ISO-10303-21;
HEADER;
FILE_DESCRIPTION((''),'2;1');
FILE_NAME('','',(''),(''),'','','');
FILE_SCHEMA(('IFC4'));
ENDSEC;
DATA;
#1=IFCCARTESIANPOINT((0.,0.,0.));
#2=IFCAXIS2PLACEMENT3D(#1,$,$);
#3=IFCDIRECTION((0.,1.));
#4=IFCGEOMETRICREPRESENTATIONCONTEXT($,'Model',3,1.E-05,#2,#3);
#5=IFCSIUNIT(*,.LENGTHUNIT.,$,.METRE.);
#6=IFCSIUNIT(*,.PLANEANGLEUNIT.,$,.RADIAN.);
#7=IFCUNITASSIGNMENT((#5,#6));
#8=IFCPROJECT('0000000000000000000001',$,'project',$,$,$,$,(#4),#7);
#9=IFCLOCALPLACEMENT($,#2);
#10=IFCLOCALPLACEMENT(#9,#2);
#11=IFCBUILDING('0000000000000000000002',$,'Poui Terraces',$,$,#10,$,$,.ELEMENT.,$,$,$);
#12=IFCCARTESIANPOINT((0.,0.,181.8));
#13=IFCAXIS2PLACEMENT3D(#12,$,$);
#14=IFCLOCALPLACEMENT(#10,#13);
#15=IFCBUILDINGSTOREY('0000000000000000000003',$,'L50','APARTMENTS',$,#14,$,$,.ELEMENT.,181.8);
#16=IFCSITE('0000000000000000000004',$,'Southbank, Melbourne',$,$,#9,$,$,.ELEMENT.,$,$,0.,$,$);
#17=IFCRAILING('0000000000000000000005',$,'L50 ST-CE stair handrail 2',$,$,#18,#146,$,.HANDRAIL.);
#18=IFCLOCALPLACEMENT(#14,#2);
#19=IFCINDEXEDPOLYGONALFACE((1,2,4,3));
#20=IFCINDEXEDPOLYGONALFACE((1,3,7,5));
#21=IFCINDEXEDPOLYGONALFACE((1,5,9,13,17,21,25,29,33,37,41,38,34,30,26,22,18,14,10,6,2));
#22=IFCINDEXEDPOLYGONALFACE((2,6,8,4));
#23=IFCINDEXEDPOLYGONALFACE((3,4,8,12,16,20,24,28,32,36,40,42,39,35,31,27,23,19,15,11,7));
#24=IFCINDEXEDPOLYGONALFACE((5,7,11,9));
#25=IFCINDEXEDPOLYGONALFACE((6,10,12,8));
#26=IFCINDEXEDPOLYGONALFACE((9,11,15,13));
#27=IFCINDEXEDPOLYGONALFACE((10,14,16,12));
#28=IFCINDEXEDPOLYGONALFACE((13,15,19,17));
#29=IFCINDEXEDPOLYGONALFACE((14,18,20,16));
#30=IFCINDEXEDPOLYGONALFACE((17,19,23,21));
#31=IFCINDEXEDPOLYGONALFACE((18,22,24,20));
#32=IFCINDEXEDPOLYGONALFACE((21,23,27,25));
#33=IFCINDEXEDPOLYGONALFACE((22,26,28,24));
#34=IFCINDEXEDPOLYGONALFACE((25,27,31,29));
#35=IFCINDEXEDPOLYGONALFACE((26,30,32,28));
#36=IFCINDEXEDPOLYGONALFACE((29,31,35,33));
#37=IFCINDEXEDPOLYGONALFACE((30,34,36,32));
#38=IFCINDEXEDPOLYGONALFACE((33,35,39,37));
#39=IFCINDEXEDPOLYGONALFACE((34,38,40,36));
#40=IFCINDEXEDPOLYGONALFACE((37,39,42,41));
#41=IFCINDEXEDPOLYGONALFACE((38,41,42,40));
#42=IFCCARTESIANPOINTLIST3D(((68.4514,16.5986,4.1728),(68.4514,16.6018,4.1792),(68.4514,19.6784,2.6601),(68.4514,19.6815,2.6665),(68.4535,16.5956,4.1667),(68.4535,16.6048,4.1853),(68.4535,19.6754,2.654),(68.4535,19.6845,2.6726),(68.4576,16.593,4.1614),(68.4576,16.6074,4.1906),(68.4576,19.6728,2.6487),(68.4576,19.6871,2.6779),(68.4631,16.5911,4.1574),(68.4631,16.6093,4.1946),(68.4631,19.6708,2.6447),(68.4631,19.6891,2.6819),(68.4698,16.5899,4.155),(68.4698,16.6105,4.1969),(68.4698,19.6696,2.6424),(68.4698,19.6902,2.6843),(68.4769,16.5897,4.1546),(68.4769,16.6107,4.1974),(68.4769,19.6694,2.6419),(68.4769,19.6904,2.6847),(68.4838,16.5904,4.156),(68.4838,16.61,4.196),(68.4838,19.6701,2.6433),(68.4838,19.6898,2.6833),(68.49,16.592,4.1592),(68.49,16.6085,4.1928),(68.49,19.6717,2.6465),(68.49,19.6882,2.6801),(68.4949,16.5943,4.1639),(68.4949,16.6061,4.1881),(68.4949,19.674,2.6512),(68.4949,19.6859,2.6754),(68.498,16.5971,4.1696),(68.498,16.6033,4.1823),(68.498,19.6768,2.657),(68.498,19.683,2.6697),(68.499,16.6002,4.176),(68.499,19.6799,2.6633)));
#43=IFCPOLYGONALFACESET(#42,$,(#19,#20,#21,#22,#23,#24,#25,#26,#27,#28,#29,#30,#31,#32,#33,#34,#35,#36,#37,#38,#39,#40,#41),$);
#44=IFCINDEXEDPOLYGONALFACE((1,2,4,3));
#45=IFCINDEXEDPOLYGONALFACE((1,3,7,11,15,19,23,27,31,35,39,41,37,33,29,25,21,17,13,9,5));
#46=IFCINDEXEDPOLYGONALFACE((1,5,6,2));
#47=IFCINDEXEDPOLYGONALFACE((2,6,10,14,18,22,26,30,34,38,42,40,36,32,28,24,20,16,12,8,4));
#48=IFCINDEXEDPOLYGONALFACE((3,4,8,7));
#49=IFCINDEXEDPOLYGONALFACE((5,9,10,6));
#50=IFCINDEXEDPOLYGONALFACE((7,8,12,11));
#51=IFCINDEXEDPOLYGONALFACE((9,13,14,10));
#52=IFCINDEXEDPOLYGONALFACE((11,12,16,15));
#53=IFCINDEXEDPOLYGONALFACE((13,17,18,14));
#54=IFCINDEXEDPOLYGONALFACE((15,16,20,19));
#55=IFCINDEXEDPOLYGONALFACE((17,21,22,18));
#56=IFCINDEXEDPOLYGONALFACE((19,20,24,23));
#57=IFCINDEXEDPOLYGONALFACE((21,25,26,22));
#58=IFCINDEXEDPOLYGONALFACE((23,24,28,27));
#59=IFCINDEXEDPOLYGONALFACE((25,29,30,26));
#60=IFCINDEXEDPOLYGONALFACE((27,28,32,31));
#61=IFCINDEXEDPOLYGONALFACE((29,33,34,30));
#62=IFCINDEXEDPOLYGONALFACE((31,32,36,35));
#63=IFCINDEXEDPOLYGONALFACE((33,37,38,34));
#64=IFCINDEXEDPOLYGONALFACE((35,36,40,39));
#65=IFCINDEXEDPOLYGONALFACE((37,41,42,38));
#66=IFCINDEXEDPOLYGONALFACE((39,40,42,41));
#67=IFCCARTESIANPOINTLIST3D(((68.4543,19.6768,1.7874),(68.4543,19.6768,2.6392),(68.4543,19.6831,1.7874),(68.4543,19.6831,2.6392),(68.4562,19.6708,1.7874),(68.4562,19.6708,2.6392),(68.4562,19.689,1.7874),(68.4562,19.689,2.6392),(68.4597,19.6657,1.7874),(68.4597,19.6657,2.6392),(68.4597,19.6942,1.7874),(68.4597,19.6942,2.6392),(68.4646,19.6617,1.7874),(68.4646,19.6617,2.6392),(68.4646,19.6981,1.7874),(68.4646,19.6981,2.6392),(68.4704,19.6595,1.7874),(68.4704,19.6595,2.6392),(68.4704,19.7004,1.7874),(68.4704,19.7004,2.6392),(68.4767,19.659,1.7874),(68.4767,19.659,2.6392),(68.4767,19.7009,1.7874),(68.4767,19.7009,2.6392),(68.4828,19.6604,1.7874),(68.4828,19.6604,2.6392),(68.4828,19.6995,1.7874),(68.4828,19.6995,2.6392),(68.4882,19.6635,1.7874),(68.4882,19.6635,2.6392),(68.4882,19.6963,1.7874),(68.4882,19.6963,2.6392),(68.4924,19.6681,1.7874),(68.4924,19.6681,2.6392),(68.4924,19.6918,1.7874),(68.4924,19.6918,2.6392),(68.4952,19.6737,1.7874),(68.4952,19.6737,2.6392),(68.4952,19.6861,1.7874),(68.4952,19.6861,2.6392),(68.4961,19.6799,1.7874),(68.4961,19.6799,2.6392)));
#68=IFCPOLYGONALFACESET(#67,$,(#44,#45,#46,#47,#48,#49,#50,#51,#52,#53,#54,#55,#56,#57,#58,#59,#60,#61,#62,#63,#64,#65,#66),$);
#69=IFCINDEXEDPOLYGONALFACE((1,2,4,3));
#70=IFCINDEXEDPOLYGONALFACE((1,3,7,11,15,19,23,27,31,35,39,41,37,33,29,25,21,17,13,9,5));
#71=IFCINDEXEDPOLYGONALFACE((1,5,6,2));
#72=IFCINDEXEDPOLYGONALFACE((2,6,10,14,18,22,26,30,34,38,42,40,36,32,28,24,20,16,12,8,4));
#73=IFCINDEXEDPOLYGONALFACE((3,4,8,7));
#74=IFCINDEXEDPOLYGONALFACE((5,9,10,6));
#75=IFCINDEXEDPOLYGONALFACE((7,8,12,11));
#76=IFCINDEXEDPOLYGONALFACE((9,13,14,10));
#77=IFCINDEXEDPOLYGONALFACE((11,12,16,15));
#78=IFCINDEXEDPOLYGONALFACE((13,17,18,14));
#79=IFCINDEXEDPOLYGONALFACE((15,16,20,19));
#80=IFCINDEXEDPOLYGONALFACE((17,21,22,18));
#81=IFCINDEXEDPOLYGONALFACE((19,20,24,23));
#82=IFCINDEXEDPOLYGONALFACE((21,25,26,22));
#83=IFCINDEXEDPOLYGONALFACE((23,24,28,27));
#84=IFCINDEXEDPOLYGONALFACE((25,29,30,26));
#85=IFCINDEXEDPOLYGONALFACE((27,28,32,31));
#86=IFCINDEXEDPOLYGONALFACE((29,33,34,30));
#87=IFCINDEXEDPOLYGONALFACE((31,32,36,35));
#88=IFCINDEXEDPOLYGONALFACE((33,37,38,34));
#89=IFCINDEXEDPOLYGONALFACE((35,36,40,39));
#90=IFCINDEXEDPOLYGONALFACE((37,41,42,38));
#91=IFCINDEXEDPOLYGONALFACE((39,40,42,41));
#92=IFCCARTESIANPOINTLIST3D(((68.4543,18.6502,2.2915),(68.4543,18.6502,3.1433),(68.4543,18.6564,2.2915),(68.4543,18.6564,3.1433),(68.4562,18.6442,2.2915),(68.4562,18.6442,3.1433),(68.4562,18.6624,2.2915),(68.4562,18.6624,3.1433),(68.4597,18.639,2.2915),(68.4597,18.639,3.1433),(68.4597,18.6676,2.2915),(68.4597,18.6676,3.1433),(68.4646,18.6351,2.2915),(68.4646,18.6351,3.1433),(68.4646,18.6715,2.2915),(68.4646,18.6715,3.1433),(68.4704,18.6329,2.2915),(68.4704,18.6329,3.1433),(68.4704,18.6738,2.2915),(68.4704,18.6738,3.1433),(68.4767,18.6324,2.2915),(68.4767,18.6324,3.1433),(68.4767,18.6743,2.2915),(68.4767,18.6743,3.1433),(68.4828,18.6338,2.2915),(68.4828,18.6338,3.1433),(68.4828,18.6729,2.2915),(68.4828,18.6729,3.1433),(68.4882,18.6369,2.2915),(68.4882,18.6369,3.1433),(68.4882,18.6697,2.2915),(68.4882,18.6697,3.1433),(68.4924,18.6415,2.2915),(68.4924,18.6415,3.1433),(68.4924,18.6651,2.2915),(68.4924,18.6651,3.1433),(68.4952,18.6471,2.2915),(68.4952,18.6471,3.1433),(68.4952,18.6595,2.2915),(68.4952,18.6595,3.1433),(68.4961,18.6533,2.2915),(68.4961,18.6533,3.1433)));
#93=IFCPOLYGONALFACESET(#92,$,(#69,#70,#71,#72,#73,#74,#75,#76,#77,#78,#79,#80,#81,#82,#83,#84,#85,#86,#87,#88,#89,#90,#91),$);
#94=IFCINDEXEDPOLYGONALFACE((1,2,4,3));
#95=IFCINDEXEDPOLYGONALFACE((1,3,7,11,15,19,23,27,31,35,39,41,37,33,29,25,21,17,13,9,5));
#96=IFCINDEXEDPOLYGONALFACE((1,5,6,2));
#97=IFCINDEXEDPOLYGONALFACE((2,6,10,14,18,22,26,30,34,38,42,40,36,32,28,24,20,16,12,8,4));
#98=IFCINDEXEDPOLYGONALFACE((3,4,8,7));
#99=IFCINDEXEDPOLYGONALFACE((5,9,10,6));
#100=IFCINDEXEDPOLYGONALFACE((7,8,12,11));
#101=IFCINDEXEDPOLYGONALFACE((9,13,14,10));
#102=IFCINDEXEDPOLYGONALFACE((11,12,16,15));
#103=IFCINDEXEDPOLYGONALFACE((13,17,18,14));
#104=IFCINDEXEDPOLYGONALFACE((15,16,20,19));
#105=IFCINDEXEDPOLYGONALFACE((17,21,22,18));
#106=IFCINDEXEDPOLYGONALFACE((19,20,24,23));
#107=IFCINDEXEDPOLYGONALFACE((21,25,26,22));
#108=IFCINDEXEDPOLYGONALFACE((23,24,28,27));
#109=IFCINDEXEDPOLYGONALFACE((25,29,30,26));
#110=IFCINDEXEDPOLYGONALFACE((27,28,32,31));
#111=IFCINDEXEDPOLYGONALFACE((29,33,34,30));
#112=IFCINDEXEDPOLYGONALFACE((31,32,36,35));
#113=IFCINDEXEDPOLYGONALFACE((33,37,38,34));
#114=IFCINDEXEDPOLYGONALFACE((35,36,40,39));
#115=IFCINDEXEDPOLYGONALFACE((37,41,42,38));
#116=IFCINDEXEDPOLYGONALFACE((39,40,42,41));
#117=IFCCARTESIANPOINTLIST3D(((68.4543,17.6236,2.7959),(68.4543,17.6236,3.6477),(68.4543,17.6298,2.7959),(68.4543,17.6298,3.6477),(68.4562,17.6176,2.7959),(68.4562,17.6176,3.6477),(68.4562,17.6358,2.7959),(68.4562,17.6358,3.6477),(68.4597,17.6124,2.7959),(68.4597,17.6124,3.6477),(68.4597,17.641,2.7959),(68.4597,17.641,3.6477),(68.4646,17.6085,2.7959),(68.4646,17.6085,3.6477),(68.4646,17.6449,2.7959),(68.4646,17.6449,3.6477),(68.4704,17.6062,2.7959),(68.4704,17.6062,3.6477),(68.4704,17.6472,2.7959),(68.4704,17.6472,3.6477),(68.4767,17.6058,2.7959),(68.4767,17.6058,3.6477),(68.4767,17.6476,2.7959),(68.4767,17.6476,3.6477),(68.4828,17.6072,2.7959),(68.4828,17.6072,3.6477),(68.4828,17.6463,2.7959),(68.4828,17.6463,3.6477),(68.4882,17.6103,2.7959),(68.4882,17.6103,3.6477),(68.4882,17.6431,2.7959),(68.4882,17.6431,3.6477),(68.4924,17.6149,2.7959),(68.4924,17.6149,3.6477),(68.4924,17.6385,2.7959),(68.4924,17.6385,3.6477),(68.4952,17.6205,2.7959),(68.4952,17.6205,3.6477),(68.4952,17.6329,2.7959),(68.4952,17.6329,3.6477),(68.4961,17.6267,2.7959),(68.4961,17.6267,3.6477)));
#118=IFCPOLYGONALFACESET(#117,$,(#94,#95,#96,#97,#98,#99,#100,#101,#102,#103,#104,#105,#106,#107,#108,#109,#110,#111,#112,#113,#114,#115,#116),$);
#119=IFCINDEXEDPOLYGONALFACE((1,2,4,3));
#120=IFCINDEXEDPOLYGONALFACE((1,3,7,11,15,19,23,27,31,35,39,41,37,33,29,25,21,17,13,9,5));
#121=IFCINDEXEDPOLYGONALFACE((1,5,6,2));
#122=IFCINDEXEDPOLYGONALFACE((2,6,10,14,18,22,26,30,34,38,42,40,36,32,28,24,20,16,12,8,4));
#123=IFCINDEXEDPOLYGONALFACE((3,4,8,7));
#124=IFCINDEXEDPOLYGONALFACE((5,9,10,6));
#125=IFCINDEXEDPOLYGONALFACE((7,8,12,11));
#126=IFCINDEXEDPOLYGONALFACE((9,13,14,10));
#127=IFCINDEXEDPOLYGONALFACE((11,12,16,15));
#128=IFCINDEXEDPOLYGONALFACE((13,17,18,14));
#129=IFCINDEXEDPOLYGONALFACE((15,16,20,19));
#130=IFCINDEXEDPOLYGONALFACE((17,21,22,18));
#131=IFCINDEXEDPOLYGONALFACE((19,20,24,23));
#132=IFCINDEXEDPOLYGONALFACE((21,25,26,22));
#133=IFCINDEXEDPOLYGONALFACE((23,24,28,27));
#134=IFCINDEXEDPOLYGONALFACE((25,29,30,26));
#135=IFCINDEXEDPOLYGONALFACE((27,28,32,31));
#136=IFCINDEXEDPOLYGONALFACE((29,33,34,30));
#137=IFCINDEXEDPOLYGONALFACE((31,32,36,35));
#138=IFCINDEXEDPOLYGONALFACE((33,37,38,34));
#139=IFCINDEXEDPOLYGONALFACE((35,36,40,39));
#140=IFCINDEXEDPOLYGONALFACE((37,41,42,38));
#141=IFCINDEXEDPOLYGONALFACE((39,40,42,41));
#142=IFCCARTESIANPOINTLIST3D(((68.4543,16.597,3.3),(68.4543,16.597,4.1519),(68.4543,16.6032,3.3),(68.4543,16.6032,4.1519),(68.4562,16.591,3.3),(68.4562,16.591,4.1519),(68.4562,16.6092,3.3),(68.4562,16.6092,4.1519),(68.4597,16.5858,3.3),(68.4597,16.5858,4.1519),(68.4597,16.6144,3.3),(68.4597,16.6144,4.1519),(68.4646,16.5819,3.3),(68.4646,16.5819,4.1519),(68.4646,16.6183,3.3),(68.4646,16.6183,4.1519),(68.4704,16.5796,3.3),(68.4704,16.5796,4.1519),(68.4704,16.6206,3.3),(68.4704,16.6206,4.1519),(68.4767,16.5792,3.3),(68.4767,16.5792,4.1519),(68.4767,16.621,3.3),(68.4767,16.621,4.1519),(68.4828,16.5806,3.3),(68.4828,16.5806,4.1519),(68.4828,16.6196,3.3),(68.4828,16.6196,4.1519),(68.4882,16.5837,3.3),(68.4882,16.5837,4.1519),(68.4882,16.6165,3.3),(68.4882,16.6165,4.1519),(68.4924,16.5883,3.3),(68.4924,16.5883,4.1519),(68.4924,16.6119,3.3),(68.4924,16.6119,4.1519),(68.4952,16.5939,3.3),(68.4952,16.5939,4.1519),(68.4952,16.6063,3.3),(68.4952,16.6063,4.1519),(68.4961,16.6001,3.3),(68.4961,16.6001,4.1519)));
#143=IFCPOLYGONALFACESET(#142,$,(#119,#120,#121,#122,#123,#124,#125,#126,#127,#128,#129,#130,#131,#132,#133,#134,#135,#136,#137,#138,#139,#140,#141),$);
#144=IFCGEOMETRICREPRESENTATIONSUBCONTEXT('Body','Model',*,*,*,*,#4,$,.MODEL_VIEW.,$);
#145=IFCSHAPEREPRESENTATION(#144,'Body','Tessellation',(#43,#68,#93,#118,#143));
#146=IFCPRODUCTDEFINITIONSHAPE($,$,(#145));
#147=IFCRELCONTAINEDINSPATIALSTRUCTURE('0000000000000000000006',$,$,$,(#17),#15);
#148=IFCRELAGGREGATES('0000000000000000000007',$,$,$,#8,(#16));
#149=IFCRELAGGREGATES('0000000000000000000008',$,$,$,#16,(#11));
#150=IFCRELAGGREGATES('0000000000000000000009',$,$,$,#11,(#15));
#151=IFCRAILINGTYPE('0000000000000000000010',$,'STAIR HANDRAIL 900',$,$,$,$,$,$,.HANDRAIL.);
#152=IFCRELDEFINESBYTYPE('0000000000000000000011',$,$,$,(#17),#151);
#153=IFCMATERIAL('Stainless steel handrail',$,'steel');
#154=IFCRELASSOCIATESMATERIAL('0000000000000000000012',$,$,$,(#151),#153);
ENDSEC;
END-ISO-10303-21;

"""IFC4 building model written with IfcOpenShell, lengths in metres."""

from ifc_helpers import new_model, si_unit, direction, frame, origin, origin_2d, place, context, subcontext, project, spatial, circle, extrude, material, type_object, element, save


model = new_model("IFC4")

# Units and contexts
model_context = context("Model", 3, precision=1e-05, world=origin(), true_north=direction((0.0, 1.0)))
body_context = subcontext(model_context, "Body", "Model", "MODEL_VIEW")
ifc_project = project(units=[si_unit("LENGTHUNIT", "METRE"), si_unit("PLANEANGLEUNIT", "RADIAN")], contexts=[model_context])

# Site, building, storey
site_placement = place(None, origin())
site = spatial("IfcSite", under=ifc_project, at=site_placement, Name="Southbank, Melbourne", CompositionType="ELEMENT", RefElevation=0.0)
building_placement = place(site_placement, origin())
building = spatial("IfcBuilding", under=site, at=building_placement, Name="Poui Terraces", CompositionType="ELEMENT")
storey_placement = place(building_placement, frame((0.0, 0.0, 181.8)))
storey = spatial("IfcBuildingStorey", under=building, at=storey_placement, Name="L50", Description="APARTMENTS", CompositionType="ELEMENT", Elevation=181.8)

# Railing
ifc_material_1 = material(Name="Stainless steel handrail", Category="steel")
railing_type_1 = type_object("IfcRailingType", Name="STAIR HANDRAIL 900", PredefinedType="HANDRAIL", material=ifc_material_1)
railing_1_placement = place(storey_placement, frame((68.4751, 19.6799, 1.7874)))
element("IfcRailing", 1, at=railing_1_placement, inside=storey, type_object=railing_type_1, Name="L50 ST-CE stair handrail 2", PredefinedType="HANDRAIL", context=body_context, shape_type="SweptSolid", body=[
    extrude(circle(Radius=0.0239, at=origin_2d()), frame((0.0, 0.0, 0.876), z_axis=(0.0, -0.897578, 0.440856), x_axis=(1.0, 0.0, 0.0)), (0.0, 0.0, 1.0), 3.4312),
    extrude(circle(Radius=0.021, at=origin_2d()), origin(), (0.0, 0.0, 1.0), 0.8518),
    extrude(circle(Radius=0.021, at=origin_2d()), frame((0.0, -1.0266, 0.5042)), (0.0, 0.0, 1.0), 0.8518),
    extrude(circle(Radius=0.021, at=origin_2d()), frame((0.0, -2.0532, 1.0085)), (0.0, 0.0, 1.0), 0.8518),
    extrude(circle(Radius=0.021, at=origin_2d()), frame((0.0, -3.0798, 1.5127)), (0.0, 0.0, 1.0), 0.8518),
])

save(model, "model.ifc")
